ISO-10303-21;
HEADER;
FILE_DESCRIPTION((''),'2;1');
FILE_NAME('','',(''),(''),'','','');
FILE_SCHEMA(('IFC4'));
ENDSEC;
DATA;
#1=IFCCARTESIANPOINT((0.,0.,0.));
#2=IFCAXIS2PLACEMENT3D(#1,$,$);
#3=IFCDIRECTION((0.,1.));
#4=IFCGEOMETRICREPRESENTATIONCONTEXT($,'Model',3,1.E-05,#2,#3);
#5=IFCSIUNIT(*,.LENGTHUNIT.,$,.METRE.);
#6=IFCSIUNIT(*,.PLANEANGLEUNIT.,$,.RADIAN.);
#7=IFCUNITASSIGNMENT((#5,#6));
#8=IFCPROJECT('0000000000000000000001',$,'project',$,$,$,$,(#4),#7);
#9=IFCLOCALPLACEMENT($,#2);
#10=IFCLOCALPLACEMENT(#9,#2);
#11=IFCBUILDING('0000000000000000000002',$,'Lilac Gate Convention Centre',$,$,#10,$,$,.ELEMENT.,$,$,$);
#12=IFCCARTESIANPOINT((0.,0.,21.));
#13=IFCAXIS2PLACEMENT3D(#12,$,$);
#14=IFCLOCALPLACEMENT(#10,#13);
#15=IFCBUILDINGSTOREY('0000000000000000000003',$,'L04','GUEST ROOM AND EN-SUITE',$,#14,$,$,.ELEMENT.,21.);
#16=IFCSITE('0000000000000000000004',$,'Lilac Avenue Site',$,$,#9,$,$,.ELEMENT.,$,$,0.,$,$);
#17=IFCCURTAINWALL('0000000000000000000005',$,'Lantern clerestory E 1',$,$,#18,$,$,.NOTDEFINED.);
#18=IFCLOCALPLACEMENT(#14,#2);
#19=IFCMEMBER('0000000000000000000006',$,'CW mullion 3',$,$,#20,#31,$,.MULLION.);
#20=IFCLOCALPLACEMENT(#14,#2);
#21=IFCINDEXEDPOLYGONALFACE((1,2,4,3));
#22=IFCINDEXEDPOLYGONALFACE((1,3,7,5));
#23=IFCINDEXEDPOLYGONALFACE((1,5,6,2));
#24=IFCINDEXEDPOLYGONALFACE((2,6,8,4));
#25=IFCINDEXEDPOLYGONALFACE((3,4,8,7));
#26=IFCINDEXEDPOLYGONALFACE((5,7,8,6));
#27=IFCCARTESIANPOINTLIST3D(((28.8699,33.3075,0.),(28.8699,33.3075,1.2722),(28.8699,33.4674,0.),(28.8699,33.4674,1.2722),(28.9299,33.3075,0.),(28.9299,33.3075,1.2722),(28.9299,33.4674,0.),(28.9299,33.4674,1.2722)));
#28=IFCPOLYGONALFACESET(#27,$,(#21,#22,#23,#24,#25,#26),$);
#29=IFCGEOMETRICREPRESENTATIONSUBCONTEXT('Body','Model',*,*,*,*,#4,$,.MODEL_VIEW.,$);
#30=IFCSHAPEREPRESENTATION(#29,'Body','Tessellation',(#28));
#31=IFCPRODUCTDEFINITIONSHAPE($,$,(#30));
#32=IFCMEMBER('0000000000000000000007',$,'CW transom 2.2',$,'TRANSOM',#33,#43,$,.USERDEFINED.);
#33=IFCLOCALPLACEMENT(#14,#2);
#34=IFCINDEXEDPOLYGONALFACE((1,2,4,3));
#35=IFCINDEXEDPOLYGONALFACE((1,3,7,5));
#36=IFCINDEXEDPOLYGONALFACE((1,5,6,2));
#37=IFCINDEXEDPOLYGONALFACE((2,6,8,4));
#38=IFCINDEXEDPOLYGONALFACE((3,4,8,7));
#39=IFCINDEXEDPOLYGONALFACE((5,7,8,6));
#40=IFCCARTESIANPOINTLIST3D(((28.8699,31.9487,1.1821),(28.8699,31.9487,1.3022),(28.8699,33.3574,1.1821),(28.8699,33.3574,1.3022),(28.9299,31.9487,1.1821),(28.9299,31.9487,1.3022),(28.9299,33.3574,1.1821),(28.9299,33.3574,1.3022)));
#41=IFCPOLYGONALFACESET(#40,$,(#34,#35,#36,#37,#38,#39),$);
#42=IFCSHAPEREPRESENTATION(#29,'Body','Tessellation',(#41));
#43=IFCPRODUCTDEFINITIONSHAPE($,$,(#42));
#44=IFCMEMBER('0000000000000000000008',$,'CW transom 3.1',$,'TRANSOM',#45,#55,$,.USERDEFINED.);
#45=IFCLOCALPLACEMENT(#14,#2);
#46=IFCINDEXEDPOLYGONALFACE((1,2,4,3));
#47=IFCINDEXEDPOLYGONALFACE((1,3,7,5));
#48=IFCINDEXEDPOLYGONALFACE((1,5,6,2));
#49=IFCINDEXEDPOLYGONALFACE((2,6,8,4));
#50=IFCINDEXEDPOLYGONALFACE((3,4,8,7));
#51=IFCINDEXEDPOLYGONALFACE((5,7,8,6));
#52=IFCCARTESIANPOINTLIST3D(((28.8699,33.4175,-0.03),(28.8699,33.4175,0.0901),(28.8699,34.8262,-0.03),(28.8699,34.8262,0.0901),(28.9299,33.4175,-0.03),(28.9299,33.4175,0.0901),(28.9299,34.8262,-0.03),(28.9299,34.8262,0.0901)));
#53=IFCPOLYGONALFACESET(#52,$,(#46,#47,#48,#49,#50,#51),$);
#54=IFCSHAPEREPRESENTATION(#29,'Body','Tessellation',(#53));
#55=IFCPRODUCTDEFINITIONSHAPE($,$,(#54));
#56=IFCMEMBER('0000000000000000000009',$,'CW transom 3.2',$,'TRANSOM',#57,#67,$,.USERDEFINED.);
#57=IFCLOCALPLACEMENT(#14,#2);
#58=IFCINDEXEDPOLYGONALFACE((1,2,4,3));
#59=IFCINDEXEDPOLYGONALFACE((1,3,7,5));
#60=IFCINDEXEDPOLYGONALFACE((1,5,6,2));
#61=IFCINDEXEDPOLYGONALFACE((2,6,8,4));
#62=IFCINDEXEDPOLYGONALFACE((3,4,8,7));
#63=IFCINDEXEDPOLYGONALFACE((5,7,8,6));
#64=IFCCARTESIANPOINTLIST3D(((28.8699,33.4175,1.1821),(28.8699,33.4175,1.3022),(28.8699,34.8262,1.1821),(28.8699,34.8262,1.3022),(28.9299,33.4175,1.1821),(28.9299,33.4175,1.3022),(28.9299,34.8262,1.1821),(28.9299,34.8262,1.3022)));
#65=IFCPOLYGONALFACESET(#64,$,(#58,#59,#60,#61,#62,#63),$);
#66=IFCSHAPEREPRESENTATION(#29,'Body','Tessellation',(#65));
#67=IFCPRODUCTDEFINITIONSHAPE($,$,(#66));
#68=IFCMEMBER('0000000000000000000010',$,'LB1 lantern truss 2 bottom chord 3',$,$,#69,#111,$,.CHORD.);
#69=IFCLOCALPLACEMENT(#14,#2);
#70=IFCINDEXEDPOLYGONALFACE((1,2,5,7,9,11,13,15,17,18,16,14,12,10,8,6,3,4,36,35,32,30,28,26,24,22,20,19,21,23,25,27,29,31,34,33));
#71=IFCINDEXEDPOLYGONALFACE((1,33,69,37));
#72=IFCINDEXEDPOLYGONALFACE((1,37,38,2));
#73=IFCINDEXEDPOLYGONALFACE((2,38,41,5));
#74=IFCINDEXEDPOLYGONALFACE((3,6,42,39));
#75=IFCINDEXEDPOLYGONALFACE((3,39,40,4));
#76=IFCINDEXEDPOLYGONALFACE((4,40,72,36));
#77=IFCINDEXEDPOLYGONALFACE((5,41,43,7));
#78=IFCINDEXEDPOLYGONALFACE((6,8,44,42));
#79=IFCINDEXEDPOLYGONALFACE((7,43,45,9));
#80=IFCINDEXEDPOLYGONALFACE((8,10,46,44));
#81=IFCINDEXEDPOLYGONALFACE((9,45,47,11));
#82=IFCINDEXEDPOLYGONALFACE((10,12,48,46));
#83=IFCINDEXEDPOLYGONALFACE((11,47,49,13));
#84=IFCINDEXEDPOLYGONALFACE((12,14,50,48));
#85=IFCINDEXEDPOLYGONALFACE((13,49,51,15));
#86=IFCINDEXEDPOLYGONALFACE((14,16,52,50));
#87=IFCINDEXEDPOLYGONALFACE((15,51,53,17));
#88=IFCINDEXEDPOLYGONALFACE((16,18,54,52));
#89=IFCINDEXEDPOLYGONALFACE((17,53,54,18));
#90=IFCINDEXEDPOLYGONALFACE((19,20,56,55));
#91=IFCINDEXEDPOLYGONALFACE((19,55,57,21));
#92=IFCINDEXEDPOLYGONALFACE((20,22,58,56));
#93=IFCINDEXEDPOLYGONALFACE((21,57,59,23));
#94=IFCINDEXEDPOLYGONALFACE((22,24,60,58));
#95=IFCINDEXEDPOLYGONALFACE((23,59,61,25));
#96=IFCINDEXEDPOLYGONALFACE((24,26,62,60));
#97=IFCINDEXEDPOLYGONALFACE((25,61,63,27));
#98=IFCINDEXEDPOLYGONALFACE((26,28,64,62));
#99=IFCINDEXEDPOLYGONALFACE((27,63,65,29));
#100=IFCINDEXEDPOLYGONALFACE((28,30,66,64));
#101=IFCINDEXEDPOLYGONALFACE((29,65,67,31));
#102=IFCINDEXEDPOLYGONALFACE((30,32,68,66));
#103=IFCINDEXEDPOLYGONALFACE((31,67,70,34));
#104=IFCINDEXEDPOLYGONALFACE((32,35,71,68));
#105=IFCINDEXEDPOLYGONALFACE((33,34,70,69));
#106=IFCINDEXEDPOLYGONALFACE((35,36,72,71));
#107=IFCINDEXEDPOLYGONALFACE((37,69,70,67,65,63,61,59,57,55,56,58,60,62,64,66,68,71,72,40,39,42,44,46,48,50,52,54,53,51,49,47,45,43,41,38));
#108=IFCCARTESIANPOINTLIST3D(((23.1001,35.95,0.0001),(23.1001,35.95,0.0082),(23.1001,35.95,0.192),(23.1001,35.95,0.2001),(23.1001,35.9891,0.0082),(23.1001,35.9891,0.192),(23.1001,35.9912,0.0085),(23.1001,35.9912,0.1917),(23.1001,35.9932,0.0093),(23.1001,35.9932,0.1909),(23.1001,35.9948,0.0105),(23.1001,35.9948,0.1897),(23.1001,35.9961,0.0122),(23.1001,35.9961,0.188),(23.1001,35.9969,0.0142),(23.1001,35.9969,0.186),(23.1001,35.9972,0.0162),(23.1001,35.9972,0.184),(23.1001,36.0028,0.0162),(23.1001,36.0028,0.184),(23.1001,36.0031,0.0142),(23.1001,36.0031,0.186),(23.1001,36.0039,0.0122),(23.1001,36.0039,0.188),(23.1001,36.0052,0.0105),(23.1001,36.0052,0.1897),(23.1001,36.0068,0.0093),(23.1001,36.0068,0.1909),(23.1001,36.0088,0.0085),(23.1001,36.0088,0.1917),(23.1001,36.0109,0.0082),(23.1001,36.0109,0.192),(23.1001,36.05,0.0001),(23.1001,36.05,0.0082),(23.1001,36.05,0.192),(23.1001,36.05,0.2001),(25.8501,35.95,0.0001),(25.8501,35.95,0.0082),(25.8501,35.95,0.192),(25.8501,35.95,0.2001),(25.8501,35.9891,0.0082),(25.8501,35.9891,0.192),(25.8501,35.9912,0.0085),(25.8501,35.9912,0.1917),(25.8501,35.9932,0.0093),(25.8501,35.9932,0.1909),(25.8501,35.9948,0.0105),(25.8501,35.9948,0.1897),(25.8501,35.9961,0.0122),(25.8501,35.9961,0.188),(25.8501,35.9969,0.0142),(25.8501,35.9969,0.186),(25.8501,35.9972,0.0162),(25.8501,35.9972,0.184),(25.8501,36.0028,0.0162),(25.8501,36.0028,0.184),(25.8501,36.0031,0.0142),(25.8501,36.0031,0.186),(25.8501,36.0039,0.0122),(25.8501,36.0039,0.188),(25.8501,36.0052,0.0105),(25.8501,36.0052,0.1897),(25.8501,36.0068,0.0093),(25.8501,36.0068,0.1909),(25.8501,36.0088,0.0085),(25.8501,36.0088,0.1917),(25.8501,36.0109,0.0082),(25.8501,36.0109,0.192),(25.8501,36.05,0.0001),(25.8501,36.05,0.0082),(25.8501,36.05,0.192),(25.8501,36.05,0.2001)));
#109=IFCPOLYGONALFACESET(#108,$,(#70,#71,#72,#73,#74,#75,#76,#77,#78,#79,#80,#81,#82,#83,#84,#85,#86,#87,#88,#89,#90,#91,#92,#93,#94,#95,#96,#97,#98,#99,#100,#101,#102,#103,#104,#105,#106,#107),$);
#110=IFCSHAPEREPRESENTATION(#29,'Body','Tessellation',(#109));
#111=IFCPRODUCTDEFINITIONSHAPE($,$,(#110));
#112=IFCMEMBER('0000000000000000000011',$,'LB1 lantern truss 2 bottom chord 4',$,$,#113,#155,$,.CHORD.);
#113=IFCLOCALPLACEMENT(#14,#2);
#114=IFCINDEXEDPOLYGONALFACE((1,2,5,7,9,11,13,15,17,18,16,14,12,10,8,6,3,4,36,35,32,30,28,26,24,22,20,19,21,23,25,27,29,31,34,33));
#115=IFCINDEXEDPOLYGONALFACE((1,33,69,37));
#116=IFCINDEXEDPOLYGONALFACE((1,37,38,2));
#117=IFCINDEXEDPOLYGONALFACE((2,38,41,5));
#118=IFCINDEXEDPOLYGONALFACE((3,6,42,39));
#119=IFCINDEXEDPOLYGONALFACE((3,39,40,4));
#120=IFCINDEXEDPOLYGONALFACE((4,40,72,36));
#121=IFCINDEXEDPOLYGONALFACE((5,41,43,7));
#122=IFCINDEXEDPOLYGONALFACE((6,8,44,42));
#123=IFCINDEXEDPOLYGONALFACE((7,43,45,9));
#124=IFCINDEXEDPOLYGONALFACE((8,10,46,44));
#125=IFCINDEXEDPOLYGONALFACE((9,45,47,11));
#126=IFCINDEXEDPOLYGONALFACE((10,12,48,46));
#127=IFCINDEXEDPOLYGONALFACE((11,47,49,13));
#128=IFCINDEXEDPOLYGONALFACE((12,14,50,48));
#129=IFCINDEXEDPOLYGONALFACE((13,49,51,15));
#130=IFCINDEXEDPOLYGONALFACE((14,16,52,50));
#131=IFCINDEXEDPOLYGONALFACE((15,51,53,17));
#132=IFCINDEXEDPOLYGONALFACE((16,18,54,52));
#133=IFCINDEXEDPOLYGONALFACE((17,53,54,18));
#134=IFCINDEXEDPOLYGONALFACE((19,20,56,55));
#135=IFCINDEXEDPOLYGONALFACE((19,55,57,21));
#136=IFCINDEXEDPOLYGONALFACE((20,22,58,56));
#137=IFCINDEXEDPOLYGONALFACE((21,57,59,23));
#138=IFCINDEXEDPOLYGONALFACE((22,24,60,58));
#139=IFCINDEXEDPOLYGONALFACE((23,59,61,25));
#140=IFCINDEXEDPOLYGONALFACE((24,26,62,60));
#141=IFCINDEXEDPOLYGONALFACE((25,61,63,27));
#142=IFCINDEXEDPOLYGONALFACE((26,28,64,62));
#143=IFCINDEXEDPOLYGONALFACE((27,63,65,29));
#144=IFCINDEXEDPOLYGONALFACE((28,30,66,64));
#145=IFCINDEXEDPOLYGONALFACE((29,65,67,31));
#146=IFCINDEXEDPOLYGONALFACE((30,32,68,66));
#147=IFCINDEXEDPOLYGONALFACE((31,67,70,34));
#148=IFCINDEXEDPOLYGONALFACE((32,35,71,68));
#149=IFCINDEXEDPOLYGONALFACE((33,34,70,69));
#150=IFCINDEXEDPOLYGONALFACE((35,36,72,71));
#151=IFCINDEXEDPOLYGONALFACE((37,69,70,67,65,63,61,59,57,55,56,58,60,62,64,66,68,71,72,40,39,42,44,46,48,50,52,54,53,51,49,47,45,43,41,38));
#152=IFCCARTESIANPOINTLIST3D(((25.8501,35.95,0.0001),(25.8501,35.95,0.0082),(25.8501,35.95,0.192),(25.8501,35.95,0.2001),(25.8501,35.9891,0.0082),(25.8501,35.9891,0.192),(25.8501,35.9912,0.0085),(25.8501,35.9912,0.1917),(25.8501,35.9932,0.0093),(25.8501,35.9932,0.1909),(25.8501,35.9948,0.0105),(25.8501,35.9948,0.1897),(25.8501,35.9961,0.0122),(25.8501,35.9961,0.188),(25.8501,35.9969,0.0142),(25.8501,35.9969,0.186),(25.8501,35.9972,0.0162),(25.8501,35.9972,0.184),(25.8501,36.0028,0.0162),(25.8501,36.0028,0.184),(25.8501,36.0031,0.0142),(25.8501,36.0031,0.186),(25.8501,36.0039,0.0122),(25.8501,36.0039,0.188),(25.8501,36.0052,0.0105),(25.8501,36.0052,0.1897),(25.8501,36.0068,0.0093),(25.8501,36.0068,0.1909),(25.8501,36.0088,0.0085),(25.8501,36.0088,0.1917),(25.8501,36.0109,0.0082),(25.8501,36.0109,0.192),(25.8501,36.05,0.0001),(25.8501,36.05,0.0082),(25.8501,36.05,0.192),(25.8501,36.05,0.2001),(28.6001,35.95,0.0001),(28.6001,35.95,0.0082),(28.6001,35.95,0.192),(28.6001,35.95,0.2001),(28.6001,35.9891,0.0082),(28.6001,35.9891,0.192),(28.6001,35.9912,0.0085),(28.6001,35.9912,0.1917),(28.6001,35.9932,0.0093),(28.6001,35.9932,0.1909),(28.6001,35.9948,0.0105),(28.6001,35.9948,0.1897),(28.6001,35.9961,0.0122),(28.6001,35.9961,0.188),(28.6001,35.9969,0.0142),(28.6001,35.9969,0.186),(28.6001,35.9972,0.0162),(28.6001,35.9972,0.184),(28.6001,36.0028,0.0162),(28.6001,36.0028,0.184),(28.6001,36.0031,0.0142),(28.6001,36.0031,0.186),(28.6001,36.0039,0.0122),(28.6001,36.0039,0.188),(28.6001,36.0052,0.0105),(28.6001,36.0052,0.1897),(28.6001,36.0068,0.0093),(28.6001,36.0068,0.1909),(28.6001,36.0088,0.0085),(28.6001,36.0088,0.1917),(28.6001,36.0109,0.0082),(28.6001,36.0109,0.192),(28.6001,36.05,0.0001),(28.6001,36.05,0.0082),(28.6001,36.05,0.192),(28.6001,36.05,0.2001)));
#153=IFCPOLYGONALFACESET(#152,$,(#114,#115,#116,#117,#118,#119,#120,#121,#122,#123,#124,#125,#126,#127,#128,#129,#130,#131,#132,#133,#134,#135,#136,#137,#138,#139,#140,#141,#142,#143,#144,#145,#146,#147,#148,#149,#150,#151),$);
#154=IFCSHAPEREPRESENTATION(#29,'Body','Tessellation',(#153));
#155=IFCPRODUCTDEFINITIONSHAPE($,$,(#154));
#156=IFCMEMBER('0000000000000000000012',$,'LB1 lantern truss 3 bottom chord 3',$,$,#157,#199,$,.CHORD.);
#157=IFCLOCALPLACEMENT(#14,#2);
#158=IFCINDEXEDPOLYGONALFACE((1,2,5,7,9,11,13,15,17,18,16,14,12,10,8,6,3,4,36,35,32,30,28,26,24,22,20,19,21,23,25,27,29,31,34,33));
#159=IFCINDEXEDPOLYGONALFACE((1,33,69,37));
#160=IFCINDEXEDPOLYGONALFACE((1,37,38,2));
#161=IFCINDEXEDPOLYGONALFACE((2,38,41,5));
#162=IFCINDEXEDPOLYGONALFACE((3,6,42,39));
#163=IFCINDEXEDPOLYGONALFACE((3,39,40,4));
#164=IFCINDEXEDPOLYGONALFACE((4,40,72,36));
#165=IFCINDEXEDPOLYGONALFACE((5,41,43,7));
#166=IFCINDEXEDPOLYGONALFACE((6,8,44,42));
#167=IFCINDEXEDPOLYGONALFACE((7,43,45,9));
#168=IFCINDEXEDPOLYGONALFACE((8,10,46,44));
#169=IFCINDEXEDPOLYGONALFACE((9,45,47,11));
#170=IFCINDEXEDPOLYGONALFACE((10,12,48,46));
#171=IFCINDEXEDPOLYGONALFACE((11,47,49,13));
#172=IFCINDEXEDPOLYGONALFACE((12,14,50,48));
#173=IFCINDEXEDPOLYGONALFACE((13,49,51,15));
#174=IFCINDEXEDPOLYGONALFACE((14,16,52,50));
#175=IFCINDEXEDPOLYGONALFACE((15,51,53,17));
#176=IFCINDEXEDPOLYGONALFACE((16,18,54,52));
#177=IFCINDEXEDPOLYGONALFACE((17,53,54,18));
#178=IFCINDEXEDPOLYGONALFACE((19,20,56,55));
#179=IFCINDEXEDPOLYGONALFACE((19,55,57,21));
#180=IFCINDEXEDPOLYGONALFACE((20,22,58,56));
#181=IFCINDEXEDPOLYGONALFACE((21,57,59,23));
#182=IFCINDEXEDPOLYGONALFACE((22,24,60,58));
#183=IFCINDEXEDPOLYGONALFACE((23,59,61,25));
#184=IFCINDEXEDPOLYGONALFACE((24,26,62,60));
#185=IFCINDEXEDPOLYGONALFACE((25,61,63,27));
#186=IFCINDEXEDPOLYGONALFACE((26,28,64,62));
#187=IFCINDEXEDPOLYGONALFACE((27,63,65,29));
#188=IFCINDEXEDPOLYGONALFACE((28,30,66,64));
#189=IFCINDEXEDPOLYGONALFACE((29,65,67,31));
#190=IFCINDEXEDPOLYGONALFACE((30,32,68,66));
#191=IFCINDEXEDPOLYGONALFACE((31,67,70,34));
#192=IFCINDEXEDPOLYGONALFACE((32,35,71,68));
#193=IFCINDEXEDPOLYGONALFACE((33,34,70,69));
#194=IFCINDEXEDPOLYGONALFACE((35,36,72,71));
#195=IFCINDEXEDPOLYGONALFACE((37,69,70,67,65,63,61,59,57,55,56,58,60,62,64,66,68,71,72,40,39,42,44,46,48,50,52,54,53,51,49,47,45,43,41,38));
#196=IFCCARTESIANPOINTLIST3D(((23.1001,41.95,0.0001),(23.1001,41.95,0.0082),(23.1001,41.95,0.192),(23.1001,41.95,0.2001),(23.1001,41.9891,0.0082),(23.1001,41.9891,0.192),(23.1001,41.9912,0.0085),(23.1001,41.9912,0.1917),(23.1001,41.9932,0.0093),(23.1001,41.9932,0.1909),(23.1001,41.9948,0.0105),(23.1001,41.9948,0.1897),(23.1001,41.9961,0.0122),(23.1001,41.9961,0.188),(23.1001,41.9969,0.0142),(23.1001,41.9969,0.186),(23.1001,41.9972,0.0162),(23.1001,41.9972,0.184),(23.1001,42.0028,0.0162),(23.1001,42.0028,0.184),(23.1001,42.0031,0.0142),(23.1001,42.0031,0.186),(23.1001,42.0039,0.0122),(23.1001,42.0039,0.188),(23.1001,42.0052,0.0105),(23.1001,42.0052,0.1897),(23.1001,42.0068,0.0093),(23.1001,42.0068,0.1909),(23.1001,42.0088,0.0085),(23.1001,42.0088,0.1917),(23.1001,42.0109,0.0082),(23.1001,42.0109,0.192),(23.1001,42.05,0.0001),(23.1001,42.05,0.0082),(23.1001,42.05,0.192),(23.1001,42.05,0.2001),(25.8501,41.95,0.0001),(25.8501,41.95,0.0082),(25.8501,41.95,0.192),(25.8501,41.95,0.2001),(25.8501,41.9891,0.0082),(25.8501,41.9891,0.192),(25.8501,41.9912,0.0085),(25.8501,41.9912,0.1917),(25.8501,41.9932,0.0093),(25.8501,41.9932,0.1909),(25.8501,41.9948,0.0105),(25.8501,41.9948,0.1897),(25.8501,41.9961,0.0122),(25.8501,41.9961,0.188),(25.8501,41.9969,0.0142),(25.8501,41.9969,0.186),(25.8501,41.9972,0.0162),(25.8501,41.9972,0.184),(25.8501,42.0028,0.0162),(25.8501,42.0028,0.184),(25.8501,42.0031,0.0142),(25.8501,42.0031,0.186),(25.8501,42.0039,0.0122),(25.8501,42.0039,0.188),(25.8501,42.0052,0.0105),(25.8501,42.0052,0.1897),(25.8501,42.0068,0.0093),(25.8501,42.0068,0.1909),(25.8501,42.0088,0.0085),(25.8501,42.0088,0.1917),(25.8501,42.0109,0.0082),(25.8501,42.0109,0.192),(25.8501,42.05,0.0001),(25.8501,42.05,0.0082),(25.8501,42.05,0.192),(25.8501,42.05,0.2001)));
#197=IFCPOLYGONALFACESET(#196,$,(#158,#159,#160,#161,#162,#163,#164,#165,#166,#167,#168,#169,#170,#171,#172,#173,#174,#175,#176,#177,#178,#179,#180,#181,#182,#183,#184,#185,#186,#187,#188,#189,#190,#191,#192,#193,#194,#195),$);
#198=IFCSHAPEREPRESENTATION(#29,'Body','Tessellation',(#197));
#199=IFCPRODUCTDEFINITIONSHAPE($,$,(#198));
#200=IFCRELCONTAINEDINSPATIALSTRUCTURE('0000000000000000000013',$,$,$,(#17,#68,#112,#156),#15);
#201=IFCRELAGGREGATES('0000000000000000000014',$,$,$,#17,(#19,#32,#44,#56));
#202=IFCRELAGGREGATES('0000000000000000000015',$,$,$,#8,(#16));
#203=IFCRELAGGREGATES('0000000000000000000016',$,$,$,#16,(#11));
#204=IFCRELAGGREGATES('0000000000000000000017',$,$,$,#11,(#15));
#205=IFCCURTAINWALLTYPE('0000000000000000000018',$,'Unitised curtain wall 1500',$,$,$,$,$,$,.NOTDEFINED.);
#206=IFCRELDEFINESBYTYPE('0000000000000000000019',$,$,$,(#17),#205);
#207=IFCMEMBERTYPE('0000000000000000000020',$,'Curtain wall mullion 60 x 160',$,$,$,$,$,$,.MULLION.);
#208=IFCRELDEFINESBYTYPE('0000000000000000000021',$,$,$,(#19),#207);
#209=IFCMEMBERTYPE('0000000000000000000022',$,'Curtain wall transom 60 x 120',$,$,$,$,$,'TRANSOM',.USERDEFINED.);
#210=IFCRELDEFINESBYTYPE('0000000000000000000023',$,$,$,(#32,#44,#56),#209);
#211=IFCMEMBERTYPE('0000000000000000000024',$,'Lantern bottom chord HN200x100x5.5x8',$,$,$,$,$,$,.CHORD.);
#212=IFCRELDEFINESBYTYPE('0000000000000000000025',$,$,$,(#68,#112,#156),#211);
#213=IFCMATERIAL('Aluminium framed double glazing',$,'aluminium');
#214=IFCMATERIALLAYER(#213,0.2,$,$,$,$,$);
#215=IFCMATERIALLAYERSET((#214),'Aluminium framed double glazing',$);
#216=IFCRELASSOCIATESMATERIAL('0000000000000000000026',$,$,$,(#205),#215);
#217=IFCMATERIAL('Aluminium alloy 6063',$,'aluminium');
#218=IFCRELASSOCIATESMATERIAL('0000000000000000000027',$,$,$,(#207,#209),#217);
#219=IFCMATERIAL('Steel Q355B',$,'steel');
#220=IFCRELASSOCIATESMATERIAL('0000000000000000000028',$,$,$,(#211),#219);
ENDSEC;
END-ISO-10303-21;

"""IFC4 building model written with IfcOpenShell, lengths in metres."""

from ifc_helpers import new_model, si_unit, direction, frame, origin, origin_2d, place, context, subcontext, project, spatial, rectangle, i_section, extrude, material, layer, layer_set, material_profile, profile_set, type_object, element, aggregate, save


model = new_model("IFC4")

# Units and contexts
model_context = context("Model", 3, precision=1e-05, world=origin(), true_north=direction((0.0, 1.0)))
body_context = subcontext(model_context, "Body", "Model", "MODEL_VIEW")
ifc_project = project(units=[si_unit("LENGTHUNIT", "METRE"), si_unit("PLANEANGLEUNIT", "RADIAN")], contexts=[model_context])

# Site, building, storey
site_placement = place(None, origin())
site = spatial("IfcSite", under=ifc_project, at=site_placement, Name="Lilac Avenue Site", CompositionType="ELEMENT", RefElevation=0.0)
building_placement = place(site_placement, origin())
building = spatial("IfcBuilding", under=site, at=building_placement, Name="Lilac Gate Convention Centre", CompositionType="ELEMENT")
storey_placement = place(building_placement, frame((0.0, 0.0, 21.0)))
storey = spatial("IfcBuildingStorey", under=building, at=storey_placement, Name="L04", Description="GUEST ROOM AND EN-SUITE", CompositionType="ELEMENT", Elevation=21.0)

# Curtain wall, members
ifc_material_1 = material(Name="Aluminium framed double glazing", Category="aluminium")
ifc_layer_1 = layer(ifc_material_1, 0.2)
ifc_layer_set_1 = layer_set([ifc_layer_1], Name="Aluminium framed double glazing")
curtain_wall_type = type_object("IfcCurtainWallType", Name="Unitised curtain wall 1500", PredefinedType="NOTDEFINED", material=ifc_layer_set_1)
curtain_wall_placement = place(storey_placement, origin())
curtain_wall = element("IfcCurtainWall", 1, at=curtain_wall_placement, inside=storey, type_object=curtain_wall_type, Name="Lantern clerestory E 1", PredefinedType="NOTDEFINED")
ifc_material_2 = material(Name="Aluminium alloy 6063", Category="aluminium")
ifc_material_profile_1 = material_profile(ifc_material_2, rectangle(XDim=0.0601, YDim=0.1599, at=origin_2d()), Name="Curtain wall mullion 60 x 160")
ifc_profile_set_1 = profile_set([ifc_material_profile_1], Name="Aluminium alloy 6063")
member_type_1 = type_object("IfcMemberType", Name="Curtain wall mullion 60 x 160", PredefinedType="MULLION", material=ifc_profile_set_1)
member_1_placement = place(storey_placement, frame((28.8999, 33.3875, 0.0), z_axis=(0.0, 0.0, 1.0), x_axis=(-1.0, 0.0, 0.0)))
member_1 = element("IfcMember", 2, at=member_1_placement, type_object=member_type_1, Name="CW mullion 3", PredefinedType="MULLION", context=body_context, shape_type="SweptSolid", body=[
    extrude(rectangle(XDim=0.0601, YDim=0.1599, at=origin_2d()), origin(), (0.0, 0.0, 1.0), 1.2722),
])
ifc_material_profile_2 = material_profile(ifc_material_2, rectangle(XDim=0.0601, YDim=0.1201, at=origin_2d()), Name="Curtain wall transom 60 x 120")
ifc_profile_set_2 = profile_set([ifc_material_profile_2], Name="Aluminium alloy 6063")
member_type_2 = type_object("IfcMemberType", Name="Curtain wall transom 60 x 120", ElementType="TRANSOM", PredefinedType="USERDEFINED", material=ifc_profile_set_2)
member_2_placement = place(storey_placement, frame((28.8999, 31.9487, 1.2422), z_axis=(0.0, 1.0, 0.0), x_axis=(-1.0, 0.0, 0.0)))
member_2 = element("IfcMember", 3, at=member_2_placement, type_object=member_type_2, Name="CW transom 2.2", ObjectType="TRANSOM", PredefinedType="USERDEFINED", context=body_context, shape_type="SweptSolid", body=[
    extrude(rectangle(XDim=0.0601, YDim=0.1201, at=origin_2d()), origin(), (0.0, 0.0, 1.0), 1.4087),
])
member_3_placement = place(storey_placement, frame((28.8999, 33.4175, 0.03), z_axis=(0.0, 1.0, 0.0), x_axis=(-1.0, 0.0, 0.0)))
member_3 = element("IfcMember", 4, at=member_3_placement, type_object=member_type_2, Name="CW transom 3.1", ObjectType="TRANSOM", PredefinedType="USERDEFINED", context=body_context, shape_type="SweptSolid", body=[
    extrude(rectangle(XDim=0.0601, YDim=0.1201, at=origin_2d()), origin(), (0.0, 0.0, 1.0), 1.4087),
])
member_4_placement = place(storey_placement, frame((28.8999, 33.4175, 1.2422), z_axis=(0.0, 1.0, 0.0), x_axis=(-1.0, 0.0, 0.0)))
member_4 = element("IfcMember", 5, at=member_4_placement, type_object=member_type_2, Name="CW transom 3.2", ObjectType="TRANSOM", PredefinedType="USERDEFINED", context=body_context, shape_type="SweptSolid", body=[
    extrude(rectangle(XDim=0.0601, YDim=0.1201, at=origin_2d()), origin(), (0.0, 0.0, 1.0), 1.4087),
])

# Members
ifc_material_3 = material(Name="Steel Q355B", Category="steel")
ifc_material_profile_3 = material_profile(ifc_material_3, i_section(OverallWidth=0.1001, OverallDepth=0.2, WebThickness=0.0056, FlangeThickness=0.0081, FilletRadius=0.0081, at=origin_2d()), Name="HN200x100x5.5x8")
ifc_profile_set_3 = profile_set([ifc_material_profile_3], Name="Steel Q355B")
member_type_3 = type_object("IfcMemberType", Name="Lantern bottom chord HN200x100x5.5x8", PredefinedType="CHORD", material=ifc_profile_set_3)
for number, where, z_axis, x_axis, name in (
    (6, (23.1001, 36.0, 0.1001), (1.0, 0.0, 0.0), (0.0, 1.0, 0.0), "LB1 lantern truss 2 bottom chord 3"),
    (7, (25.8501, 36.0, 0.1001), (1.0, 0.0, 0.0), (0.0, 1.0, 0.0), "LB1 lantern truss 2 bottom chord 4"),
    (8, (23.1001, 42.0, 0.1001), (1.0, 0.0, 0.0), (0.0, 1.0, 0.0), "LB1 lantern truss 3 bottom chord 3"),
):
    element("IfcMember", number, at=place(storey_placement, frame(where, z_axis=z_axis, x_axis=x_axis)), inside=storey, type_object=member_type_3, Name=name, PredefinedType="CHORD", context=body_context, shape_type="SweptSolid", body=[
        extrude(i_section(OverallWidth=0.1001, OverallDepth=0.2, WebThickness=0.0056, FlangeThickness=0.0081, FilletRadius=0.0081, at=origin_2d()), origin(), (0.0, 0.0, 1.0), 2.75),
    ])

aggregate(curtain_wall, [member_1, member_2, member_3, member_4])

save(model, "model.ifc")
